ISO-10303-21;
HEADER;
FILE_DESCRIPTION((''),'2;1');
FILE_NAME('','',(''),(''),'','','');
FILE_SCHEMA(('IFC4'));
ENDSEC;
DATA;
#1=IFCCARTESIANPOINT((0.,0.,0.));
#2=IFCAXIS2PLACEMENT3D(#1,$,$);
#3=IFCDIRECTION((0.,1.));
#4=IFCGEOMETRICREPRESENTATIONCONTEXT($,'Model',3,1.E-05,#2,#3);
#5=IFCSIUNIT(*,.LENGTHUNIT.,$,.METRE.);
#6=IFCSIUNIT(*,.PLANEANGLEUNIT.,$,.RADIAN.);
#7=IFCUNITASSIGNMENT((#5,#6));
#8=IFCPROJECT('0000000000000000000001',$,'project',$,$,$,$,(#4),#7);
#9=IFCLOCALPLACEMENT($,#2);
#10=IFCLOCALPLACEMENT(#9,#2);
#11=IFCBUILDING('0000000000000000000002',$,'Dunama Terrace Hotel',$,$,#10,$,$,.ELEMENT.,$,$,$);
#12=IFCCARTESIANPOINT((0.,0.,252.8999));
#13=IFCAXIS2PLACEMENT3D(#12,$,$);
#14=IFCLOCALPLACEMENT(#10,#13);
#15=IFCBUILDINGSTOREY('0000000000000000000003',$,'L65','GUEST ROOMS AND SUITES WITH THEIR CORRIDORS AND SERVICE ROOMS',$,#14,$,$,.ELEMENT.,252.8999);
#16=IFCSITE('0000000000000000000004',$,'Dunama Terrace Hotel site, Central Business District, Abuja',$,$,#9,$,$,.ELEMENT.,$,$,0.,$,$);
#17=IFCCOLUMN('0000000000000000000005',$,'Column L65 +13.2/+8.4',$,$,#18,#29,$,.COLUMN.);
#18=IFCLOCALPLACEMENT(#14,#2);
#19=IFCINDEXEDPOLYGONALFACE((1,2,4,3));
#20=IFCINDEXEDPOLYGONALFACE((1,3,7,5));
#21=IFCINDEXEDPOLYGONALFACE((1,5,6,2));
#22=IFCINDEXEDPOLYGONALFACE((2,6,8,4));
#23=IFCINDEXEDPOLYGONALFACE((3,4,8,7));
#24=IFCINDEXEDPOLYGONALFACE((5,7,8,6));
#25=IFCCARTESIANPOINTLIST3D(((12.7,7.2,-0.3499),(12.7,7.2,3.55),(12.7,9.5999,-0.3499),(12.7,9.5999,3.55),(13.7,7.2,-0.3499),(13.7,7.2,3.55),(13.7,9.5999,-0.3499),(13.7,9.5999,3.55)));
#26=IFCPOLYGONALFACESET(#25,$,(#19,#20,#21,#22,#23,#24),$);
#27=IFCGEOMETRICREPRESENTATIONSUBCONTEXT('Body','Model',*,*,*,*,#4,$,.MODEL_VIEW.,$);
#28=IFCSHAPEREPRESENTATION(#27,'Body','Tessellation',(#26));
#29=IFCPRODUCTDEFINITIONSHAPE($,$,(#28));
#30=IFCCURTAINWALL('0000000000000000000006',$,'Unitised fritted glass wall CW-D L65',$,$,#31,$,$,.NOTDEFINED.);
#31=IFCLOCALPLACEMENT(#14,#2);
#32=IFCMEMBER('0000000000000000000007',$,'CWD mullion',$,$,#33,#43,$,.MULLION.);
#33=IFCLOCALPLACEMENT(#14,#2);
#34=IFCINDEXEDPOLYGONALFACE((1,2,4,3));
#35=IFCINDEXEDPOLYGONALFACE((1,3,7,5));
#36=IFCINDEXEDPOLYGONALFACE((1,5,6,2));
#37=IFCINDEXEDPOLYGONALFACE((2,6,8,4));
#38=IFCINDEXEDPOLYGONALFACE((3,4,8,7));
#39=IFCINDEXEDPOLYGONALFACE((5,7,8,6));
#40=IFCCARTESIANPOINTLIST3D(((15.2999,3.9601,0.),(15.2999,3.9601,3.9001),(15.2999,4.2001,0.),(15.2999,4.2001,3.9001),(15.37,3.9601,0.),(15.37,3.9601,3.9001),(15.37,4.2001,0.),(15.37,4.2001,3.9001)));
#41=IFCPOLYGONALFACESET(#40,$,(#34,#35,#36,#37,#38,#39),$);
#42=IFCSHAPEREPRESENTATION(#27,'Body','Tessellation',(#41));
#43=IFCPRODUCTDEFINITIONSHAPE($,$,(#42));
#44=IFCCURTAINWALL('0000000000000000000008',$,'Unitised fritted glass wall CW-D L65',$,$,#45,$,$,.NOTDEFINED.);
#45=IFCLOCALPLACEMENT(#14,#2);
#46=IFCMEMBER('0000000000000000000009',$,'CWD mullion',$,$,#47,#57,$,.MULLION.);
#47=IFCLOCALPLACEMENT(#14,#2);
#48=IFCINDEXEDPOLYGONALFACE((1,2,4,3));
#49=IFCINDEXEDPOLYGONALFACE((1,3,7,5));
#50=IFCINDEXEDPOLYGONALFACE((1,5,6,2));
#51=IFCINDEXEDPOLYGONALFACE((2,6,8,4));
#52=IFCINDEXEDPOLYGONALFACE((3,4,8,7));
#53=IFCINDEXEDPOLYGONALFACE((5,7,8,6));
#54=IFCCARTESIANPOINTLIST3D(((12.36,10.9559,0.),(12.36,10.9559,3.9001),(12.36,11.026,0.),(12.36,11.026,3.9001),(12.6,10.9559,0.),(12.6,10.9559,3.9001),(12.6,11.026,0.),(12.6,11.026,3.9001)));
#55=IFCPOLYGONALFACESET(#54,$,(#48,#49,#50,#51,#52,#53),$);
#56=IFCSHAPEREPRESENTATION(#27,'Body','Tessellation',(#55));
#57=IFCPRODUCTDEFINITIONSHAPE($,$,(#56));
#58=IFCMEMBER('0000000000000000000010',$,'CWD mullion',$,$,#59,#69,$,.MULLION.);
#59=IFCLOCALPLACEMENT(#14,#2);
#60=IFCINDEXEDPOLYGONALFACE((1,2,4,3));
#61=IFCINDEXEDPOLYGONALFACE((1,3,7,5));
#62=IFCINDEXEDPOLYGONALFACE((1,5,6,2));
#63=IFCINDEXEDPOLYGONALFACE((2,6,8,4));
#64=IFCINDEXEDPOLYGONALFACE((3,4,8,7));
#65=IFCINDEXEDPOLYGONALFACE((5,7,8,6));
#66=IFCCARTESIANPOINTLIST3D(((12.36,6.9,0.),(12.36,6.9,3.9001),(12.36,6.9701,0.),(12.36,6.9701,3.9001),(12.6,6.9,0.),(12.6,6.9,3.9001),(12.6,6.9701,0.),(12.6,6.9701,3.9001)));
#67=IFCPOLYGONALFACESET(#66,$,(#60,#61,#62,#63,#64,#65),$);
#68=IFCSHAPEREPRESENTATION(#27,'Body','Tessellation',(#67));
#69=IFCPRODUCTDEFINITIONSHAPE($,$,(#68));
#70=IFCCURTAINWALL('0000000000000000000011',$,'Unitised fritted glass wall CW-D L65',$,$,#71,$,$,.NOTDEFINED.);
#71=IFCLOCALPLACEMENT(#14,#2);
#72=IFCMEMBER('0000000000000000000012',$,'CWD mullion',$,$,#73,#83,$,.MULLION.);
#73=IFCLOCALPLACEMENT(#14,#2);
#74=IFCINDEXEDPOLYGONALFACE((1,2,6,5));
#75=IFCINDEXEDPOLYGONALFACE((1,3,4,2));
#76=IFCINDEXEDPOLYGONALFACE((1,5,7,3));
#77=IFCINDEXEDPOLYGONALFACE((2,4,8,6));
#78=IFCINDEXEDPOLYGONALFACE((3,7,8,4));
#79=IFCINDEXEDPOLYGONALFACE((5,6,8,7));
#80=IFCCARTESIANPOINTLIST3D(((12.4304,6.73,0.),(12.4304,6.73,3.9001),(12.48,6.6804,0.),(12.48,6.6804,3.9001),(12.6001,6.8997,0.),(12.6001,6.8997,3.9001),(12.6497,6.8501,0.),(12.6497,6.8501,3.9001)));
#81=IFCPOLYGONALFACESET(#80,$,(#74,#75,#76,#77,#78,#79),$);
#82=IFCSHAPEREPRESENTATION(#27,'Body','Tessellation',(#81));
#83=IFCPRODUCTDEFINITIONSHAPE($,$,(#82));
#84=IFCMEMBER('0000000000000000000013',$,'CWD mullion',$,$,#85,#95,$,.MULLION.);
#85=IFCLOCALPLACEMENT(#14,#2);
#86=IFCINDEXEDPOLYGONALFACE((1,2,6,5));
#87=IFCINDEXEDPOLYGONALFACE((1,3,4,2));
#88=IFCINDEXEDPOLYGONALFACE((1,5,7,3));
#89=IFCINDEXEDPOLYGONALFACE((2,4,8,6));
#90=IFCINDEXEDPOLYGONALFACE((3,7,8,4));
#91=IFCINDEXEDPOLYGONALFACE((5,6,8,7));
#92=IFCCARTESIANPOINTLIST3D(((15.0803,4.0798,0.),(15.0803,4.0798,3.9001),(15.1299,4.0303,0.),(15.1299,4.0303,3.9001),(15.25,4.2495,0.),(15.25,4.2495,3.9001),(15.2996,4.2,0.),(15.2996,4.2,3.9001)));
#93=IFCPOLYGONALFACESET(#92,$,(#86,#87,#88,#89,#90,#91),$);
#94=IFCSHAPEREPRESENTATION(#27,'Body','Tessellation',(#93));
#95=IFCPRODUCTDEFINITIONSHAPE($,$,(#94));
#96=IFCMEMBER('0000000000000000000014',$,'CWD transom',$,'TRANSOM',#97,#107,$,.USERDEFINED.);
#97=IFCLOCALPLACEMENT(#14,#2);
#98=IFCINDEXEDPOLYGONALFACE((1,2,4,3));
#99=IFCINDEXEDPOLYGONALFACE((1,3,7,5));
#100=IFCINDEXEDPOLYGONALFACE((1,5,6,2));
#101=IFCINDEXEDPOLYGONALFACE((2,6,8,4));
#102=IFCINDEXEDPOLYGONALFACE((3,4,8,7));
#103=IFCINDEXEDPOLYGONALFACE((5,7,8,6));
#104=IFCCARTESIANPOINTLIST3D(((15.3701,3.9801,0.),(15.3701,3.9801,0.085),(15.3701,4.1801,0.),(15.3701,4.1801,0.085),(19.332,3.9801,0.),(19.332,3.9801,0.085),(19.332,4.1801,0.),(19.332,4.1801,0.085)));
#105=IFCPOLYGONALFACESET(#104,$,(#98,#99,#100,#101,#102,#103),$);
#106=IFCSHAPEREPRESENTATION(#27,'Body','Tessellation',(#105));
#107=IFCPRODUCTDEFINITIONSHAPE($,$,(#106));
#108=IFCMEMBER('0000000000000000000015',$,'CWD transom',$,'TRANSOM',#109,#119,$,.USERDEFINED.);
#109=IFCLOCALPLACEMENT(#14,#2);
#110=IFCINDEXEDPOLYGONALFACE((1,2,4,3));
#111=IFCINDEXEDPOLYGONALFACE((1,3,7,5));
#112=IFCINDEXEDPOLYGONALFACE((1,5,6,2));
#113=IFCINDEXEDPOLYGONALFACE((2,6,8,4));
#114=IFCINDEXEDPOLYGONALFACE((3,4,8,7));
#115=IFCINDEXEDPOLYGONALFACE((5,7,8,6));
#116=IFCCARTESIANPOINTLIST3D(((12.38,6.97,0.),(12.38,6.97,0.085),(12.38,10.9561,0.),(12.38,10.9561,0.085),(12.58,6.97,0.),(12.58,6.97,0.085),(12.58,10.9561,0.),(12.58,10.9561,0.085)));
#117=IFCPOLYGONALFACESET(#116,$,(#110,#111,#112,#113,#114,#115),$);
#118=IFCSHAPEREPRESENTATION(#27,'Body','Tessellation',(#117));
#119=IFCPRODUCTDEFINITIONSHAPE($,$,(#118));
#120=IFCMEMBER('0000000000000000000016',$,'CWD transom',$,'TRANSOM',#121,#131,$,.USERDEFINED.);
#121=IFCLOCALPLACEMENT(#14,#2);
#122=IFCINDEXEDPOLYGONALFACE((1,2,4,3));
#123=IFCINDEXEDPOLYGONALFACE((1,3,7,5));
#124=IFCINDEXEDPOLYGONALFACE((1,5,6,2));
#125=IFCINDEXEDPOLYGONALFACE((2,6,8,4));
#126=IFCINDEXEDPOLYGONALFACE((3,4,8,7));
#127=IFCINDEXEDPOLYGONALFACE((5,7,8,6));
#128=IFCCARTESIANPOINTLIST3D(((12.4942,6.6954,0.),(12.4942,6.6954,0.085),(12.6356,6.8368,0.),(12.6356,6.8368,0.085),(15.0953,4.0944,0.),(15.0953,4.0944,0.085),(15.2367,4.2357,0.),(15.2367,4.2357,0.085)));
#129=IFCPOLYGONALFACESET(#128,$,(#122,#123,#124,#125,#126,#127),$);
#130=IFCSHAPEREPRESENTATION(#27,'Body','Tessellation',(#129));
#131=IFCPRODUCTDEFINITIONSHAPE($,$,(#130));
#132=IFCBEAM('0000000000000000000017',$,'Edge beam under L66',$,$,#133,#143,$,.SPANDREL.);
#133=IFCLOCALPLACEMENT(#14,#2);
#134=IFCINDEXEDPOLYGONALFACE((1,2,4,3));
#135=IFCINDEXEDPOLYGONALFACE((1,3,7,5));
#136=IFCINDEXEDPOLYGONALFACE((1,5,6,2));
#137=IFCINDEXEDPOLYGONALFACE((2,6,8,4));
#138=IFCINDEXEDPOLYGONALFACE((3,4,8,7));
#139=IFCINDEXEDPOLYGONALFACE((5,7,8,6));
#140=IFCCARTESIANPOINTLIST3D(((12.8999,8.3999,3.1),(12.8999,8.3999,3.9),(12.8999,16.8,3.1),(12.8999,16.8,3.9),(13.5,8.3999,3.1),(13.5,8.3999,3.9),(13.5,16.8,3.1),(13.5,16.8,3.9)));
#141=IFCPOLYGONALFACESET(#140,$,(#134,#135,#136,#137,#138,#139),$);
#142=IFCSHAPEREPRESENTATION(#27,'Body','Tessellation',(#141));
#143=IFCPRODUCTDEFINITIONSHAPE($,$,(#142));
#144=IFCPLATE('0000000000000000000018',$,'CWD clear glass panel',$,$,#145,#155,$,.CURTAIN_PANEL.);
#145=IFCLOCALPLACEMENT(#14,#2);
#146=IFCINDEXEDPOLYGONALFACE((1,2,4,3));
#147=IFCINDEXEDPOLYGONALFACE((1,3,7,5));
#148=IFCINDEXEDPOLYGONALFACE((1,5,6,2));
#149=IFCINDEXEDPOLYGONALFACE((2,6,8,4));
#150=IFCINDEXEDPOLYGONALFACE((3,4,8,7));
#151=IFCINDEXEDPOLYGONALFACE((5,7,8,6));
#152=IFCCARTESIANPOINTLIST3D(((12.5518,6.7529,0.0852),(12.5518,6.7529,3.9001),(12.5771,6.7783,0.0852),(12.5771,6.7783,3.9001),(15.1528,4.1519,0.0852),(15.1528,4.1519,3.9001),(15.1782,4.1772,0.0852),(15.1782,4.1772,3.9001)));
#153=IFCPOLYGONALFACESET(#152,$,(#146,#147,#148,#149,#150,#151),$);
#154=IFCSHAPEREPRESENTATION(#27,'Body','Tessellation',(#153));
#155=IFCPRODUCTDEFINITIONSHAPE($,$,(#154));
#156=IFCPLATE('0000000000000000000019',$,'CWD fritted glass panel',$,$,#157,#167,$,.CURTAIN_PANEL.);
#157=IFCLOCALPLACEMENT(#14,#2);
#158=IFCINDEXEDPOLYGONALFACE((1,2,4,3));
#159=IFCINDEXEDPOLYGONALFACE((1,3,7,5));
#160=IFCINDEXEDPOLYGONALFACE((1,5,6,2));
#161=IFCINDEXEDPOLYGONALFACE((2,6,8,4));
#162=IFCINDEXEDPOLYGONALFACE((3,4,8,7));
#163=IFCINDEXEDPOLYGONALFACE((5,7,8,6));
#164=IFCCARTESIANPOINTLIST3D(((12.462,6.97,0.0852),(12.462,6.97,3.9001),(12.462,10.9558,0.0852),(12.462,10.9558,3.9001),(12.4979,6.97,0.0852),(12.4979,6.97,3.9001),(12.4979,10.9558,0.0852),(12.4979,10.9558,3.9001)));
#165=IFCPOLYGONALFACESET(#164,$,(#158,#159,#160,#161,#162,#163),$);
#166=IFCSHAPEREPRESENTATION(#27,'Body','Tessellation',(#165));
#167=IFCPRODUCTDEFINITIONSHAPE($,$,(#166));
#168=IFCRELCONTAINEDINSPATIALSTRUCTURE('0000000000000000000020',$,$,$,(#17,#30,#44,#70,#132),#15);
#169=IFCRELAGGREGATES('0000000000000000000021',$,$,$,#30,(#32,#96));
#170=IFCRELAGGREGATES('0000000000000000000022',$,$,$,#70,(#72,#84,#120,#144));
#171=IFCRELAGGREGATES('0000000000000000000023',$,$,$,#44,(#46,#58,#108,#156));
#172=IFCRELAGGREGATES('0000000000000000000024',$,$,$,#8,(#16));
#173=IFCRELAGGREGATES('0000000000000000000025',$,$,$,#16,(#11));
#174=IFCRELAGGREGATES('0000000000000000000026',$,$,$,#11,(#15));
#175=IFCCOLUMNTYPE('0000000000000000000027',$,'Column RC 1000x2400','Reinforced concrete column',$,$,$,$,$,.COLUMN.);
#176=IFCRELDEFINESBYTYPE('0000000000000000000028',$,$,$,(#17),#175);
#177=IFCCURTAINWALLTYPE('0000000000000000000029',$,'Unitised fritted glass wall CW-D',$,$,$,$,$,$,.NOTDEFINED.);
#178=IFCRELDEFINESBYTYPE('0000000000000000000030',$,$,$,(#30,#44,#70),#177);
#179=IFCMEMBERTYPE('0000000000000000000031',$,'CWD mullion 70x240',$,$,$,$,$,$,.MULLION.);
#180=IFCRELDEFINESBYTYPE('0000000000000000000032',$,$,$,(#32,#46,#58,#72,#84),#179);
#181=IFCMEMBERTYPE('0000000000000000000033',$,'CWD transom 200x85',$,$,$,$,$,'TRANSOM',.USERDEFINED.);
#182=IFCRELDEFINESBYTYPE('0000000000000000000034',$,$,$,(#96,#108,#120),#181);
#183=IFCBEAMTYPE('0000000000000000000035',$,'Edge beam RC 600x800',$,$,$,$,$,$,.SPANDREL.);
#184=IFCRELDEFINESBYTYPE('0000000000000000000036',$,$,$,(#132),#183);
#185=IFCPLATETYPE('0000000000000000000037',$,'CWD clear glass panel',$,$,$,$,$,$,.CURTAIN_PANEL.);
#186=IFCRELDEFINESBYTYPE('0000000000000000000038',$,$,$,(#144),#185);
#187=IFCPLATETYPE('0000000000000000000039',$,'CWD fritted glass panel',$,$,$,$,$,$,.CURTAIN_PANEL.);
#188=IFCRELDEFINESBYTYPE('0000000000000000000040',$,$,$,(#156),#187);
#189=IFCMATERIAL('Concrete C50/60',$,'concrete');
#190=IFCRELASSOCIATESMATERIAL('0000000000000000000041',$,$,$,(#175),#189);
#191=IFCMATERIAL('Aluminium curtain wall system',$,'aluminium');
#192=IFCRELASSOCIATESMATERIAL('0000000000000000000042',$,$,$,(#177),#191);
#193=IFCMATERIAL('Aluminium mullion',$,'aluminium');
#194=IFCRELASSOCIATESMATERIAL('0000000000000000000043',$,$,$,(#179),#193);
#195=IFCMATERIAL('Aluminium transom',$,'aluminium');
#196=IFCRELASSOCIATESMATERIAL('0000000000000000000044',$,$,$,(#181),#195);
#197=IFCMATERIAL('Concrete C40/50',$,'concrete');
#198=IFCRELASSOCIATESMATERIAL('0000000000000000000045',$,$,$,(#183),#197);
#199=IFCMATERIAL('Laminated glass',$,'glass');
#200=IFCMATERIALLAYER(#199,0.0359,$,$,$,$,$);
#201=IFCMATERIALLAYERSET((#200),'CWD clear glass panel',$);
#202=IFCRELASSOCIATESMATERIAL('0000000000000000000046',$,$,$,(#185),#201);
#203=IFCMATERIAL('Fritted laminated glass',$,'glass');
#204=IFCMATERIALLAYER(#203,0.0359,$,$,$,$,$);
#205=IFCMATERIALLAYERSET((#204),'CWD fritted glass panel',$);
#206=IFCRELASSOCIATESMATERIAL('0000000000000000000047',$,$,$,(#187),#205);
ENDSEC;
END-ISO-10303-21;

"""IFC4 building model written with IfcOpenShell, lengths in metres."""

from ifc_helpers import new_model, si_unit, direction, frame, origin, origin_2d, place, context, subcontext, project, spatial, rectangle, extrude, material, layer, layer_set, material_profile, profile_set, type_object, element, aggregate, save


model = new_model("IFC4")

# Units and contexts
model_context = context("Model", 3, precision=1e-05, world=origin(), true_north=direction((0.0, 1.0)))
body_context = subcontext(model_context, "Body", "Model", "MODEL_VIEW")
ifc_project = project(units=[si_unit("LENGTHUNIT", "METRE"), si_unit("PLANEANGLEUNIT", "RADIAN")], contexts=[model_context])

# Site, building, storey
site_placement = place(None, origin())
site = spatial("IfcSite", under=ifc_project, at=site_placement, Name="Dunama Terrace Hotel site, Central Business District, Abuja", CompositionType="ELEMENT", RefElevation=0.0)
building_placement = place(site_placement, origin())
building = spatial("IfcBuilding", under=site, at=building_placement, Name="Dunama Terrace Hotel", CompositionType="ELEMENT")
storey_placement = place(building_placement, frame((0.0, 0.0, 252.8999)))
storey = spatial("IfcBuildingStorey", under=building, at=storey_placement, Name="L65", Description="GUEST ROOMS AND SUITES WITH THEIR CORRIDORS AND SERVICE ROOMS", CompositionType="ELEMENT", Elevation=252.8999)

# Column
ifc_material_1 = material(Name="Concrete C50/60", Category="concrete")
ifc_material_profile_1 = material_profile(ifc_material_1, rectangle(XDim=1.0, YDim=2.3999, at=origin_2d()), Name="RC 1000x2400")
ifc_profile_set_1 = profile_set([ifc_material_profile_1], Name="Concrete C50/60")
column_type = type_object("IfcColumnType", Name="Column RC 1000x2400", Description="Reinforced concrete column", PredefinedType="COLUMN", material=ifc_profile_set_1)
column_placement = place(storey_placement, frame((13.2, 8.3999, -0.3499), z_axis=(0.0, 0.0, 1.0), x_axis=(1.0, 0.0, 0.0)))
element("IfcColumn", 1, at=column_placement, inside=storey, type_object=column_type, Name="Column L65 +13.2/+8.4", PredefinedType="COLUMN", context=body_context, shape_type="SweptSolid", body=[
    extrude(rectangle(XDim=1.0, YDim=2.3999, at=origin_2d()), origin(), (0.0, 0.0, 1.0), 3.8999),
])

# Curtain wall, member
ifc_material_2 = material(Name="Aluminium curtain wall system", Category="aluminium")
curtain_wall_type = type_object("IfcCurtainWallType", Name="Unitised fritted glass wall CW-D", PredefinedType="NOTDEFINED", material=ifc_material_2)
curtain_wall_1_placement = place(storey_placement, origin())
curtain_wall_1 = element("IfcCurtainWall", 2, at=curtain_wall_1_placement, inside=storey, type_object=curtain_wall_type, Name="Unitised fritted glass wall CW-D L65", PredefinedType="NOTDEFINED")
ifc_material_3 = material(Name="Aluminium mullion", Category="aluminium")
ifc_material_profile_2 = material_profile(ifc_material_3, rectangle(XDim=0.0701, YDim=0.24, at=origin_2d()), Name="CWD MULLION 70X240")
ifc_profile_set_2 = profile_set([ifc_material_profile_2], Name="Aluminium mullion")
member_type_1 = type_object("IfcMemberType", Name="CWD mullion 70x240", PredefinedType="MULLION", material=ifc_profile_set_2)
member_1_placement = place(storey_placement, frame((15.335, 4.0801, 0.0), z_axis=(0.0, 0.0, 1.0), x_axis=(1.0, 0.0, 0.0)))
member_1 = element("IfcMember", 3, at=member_1_placement, type_object=member_type_1, Name="CWD mullion", PredefinedType="MULLION", context=body_context, shape_type="SweptSolid", body=[
    extrude(rectangle(XDim=0.0701, YDim=0.24, at=origin_2d()), origin(), (0.0, 0.0, 1.0), 3.9001),
])

# Curtain walls, members
curtain_wall_2_placement = place(storey_placement, origin())
curtain_wall_2 = element("IfcCurtainWall", 4, at=curtain_wall_2_placement, inside=storey, type_object=curtain_wall_type, Name="Unitised fritted glass wall CW-D L65", PredefinedType="NOTDEFINED")
member_2_placement = place(storey_placement, frame((12.48, 10.991, 0.0), z_axis=(0.0, 0.0, 1.0), x_axis=(0.0, -1.0, 0.0)))
member_2 = element("IfcMember", 5, at=member_2_placement, type_object=member_type_1, Name="CWD mullion", PredefinedType="MULLION", context=body_context, shape_type="SweptSolid", body=[
    extrude(rectangle(XDim=0.0701, YDim=0.24, at=origin_2d()), origin(), (0.0, 0.0, 1.0), 3.9001),
])
member_3_placement = place(storey_placement, frame((12.48, 6.9351, 0.0), z_axis=(0.0, 0.0, 1.0), x_axis=(0.0, -1.0, 0.0)))
member_3 = element("IfcMember", 6, at=member_3_placement, type_object=member_type_1, Name="CWD mullion", PredefinedType="MULLION", context=body_context, shape_type="SweptSolid", body=[
    extrude(rectangle(XDim=0.0701, YDim=0.24, at=origin_2d()), origin(), (0.0, 0.0, 1.0), 3.9001),
])
curtain_wall_3_placement = place(storey_placement, origin())
curtain_wall_3 = element("IfcCurtainWall", 7, at=curtain_wall_3_placement, inside=storey, type_object=curtain_wall_type, Name="Unitised fritted glass wall CW-D L65", PredefinedType="NOTDEFINED")
member_4_placement = place(storey_placement, frame((12.54, 6.79, 0.0), z_axis=(0.0, 0.0, 1.0), x_axis=(0.707107, -0.707107, 0.0)))
member_4 = element("IfcMember", 8, at=member_4_placement, type_object=member_type_1, Name="CWD mullion", PredefinedType="MULLION", context=body_context, shape_type="SweptSolid", body=[
    extrude(rectangle(XDim=0.0701, YDim=0.24, at=origin_2d()), origin(), (0.0, 0.0, 1.0), 3.9001),
])
member_5_placement = place(storey_placement, frame((15.1899, 4.1399, 0.0), z_axis=(0.0, 0.0, 1.0), x_axis=(0.707107, -0.707107, 0.0)))
member_5 = element("IfcMember", 9, at=member_5_placement, type_object=member_type_1, Name="CWD mullion", PredefinedType="MULLION", context=body_context, shape_type="SweptSolid", body=[
    extrude(rectangle(XDim=0.0701, YDim=0.24, at=origin_2d()), origin(), (0.0, 0.0, 1.0), 3.9001),
])

# Members
ifc_material_4 = material(Name="Aluminium transom", Category="aluminium")
ifc_material_profile_3 = material_profile(ifc_material_4, rectangle(XDim=0.2, YDim=0.085, at=origin_2d()), Name="CWD TRANSOM 200X85")
ifc_profile_set_3 = profile_set([ifc_material_profile_3], Name="Aluminium transom")
member_type_2 = type_object("IfcMemberType", Name="CWD transom 200x85", ElementType="TRANSOM", PredefinedType="USERDEFINED", material=ifc_profile_set_3)
member_6_placement = place(storey_placement, frame((15.3701, 4.0801, 0.0425), z_axis=(1.0, 0.0, 0.0), x_axis=(0.0, 1.0, 0.0)))
member_6 = element("IfcMember", 10, at=member_6_placement, type_object=member_type_2, Name="CWD transom", ObjectType="TRANSOM", PredefinedType="USERDEFINED", context=body_context, shape_type="SweptSolid", body=[
    extrude(rectangle(XDim=0.2, YDim=0.085, at=origin_2d()), origin(), (0.0, 0.0, 1.0), 3.9619),
])
aggregate(curtain_wall_1, [member_1, member_6])
member_7_placement = place(storey_placement, frame((12.48, 10.9561, 0.0425), z_axis=(0.0, -1.0, 0.0), x_axis=(1.0, 0.0, 0.0)))
member_7 = element("IfcMember", 11, at=member_7_placement, type_object=member_type_2, Name="CWD transom", ObjectType="TRANSOM", PredefinedType="USERDEFINED", context=body_context, shape_type="SweptSolid", body=[
    extrude(rectangle(XDim=0.2, YDim=0.085, at=origin_2d()), origin(), (0.0, 0.0, 1.0), 3.9861),
])
member_8_placement = place(storey_placement, frame((12.5649, 6.7661, 0.0425), z_axis=(0.707107, -0.707107, 0.0), x_axis=(0.707107, 0.707107, 0.0)))
member_8 = element("IfcMember", 12, at=member_8_placement, type_object=member_type_2, Name="CWD transom", ObjectType="TRANSOM", PredefinedType="USERDEFINED", context=body_context, shape_type="SweptSolid", body=[
    extrude(rectangle(XDim=0.2, YDim=0.085, at=origin_2d()), origin(), (0.0, 0.0, 1.0), 3.6785),
])

# Beam
ifc_material_5 = material(Name="Concrete C40/50", Category="concrete")
ifc_material_profile_4 = material_profile(ifc_material_5, rectangle(XDim=0.6001, YDim=0.8, at=origin_2d()), Name="RC 600x800")
ifc_profile_set_4 = profile_set([ifc_material_profile_4], Name="Concrete C40/50")
beam_type = type_object("IfcBeamType", Name="Edge beam RC 600x800", PredefinedType="SPANDREL", material=ifc_profile_set_4)
beam_placement = place(storey_placement, frame((13.2, 8.3999, 3.5), z_axis=(0.0, 1.0, 0.0), x_axis=(-1.0, 0.0, 0.0)))
element("IfcBeam", 13, at=beam_placement, inside=storey, type_object=beam_type, Name="Edge beam under L66", PredefinedType="SPANDREL", context=body_context, shape_type="SweptSolid", body=[
    extrude(rectangle(XDim=0.6001, YDim=0.8, at=origin_2d()), origin(), (0.0, 0.0, 1.0), 8.4001),
])

# Plates
ifc_material_6 = material(Name="Laminated glass", Category="glass")
ifc_layer_1 = layer(ifc_material_6, 0.0359)
ifc_layer_set_1 = layer_set([ifc_layer_1], Name="CWD clear glass panel")
plate_type_1 = type_object("IfcPlateType", Name="CWD clear glass panel", PredefinedType="CURTAIN_PANEL", material=ifc_layer_set_1)
plate_1_placement = place(storey_placement, frame((13.865, 5.4651, 0.0852), z_axis=(0.0, 0.0, 1.0), x_axis=(0.707107, -0.707107, 0.0)))
plate_1 = element("IfcPlate", 14, at=plate_1_placement, type_object=plate_type_1, Name="CWD clear glass panel", PredefinedType="CURTAIN_PANEL", context=body_context, shape_type="SweptSolid", body=[
    extrude(rectangle(XDim=3.6785, YDim=0.0359, at=origin_2d()), origin(), (0.0, 0.0, 1.0), 3.8149),
])
aggregate(curtain_wall_3, [member_4, member_5, member_8, plate_1])
ifc_material_7 = material(Name="Fritted laminated glass", Category="glass")
ifc_layer_2 = layer(ifc_material_7, 0.0359)
ifc_layer_set_2 = layer_set([ifc_layer_2], Name="CWD fritted glass panel")
plate_type_2 = type_object("IfcPlateType", Name="CWD fritted glass panel", PredefinedType="CURTAIN_PANEL", material=ifc_layer_set_2)
plate_2_placement = place(storey_placement, frame((12.48, 8.9629, 0.0852), z_axis=(0.0, 0.0, 1.0), x_axis=(0.0, -1.0, 0.0)))
plate_2 = element("IfcPlate", 15, at=plate_2_placement, type_object=plate_type_2, Name="CWD fritted glass panel", PredefinedType="CURTAIN_PANEL", context=body_context, shape_type="SweptSolid", body=[
    extrude(rectangle(XDim=3.9858, YDim=0.0359, at=origin_2d()), origin(), (0.0, 0.0, 1.0), 3.8149),
])
aggregate(curtain_wall_2, [member_2, member_3, member_7, plate_2])

save(model, "model.ifc")
